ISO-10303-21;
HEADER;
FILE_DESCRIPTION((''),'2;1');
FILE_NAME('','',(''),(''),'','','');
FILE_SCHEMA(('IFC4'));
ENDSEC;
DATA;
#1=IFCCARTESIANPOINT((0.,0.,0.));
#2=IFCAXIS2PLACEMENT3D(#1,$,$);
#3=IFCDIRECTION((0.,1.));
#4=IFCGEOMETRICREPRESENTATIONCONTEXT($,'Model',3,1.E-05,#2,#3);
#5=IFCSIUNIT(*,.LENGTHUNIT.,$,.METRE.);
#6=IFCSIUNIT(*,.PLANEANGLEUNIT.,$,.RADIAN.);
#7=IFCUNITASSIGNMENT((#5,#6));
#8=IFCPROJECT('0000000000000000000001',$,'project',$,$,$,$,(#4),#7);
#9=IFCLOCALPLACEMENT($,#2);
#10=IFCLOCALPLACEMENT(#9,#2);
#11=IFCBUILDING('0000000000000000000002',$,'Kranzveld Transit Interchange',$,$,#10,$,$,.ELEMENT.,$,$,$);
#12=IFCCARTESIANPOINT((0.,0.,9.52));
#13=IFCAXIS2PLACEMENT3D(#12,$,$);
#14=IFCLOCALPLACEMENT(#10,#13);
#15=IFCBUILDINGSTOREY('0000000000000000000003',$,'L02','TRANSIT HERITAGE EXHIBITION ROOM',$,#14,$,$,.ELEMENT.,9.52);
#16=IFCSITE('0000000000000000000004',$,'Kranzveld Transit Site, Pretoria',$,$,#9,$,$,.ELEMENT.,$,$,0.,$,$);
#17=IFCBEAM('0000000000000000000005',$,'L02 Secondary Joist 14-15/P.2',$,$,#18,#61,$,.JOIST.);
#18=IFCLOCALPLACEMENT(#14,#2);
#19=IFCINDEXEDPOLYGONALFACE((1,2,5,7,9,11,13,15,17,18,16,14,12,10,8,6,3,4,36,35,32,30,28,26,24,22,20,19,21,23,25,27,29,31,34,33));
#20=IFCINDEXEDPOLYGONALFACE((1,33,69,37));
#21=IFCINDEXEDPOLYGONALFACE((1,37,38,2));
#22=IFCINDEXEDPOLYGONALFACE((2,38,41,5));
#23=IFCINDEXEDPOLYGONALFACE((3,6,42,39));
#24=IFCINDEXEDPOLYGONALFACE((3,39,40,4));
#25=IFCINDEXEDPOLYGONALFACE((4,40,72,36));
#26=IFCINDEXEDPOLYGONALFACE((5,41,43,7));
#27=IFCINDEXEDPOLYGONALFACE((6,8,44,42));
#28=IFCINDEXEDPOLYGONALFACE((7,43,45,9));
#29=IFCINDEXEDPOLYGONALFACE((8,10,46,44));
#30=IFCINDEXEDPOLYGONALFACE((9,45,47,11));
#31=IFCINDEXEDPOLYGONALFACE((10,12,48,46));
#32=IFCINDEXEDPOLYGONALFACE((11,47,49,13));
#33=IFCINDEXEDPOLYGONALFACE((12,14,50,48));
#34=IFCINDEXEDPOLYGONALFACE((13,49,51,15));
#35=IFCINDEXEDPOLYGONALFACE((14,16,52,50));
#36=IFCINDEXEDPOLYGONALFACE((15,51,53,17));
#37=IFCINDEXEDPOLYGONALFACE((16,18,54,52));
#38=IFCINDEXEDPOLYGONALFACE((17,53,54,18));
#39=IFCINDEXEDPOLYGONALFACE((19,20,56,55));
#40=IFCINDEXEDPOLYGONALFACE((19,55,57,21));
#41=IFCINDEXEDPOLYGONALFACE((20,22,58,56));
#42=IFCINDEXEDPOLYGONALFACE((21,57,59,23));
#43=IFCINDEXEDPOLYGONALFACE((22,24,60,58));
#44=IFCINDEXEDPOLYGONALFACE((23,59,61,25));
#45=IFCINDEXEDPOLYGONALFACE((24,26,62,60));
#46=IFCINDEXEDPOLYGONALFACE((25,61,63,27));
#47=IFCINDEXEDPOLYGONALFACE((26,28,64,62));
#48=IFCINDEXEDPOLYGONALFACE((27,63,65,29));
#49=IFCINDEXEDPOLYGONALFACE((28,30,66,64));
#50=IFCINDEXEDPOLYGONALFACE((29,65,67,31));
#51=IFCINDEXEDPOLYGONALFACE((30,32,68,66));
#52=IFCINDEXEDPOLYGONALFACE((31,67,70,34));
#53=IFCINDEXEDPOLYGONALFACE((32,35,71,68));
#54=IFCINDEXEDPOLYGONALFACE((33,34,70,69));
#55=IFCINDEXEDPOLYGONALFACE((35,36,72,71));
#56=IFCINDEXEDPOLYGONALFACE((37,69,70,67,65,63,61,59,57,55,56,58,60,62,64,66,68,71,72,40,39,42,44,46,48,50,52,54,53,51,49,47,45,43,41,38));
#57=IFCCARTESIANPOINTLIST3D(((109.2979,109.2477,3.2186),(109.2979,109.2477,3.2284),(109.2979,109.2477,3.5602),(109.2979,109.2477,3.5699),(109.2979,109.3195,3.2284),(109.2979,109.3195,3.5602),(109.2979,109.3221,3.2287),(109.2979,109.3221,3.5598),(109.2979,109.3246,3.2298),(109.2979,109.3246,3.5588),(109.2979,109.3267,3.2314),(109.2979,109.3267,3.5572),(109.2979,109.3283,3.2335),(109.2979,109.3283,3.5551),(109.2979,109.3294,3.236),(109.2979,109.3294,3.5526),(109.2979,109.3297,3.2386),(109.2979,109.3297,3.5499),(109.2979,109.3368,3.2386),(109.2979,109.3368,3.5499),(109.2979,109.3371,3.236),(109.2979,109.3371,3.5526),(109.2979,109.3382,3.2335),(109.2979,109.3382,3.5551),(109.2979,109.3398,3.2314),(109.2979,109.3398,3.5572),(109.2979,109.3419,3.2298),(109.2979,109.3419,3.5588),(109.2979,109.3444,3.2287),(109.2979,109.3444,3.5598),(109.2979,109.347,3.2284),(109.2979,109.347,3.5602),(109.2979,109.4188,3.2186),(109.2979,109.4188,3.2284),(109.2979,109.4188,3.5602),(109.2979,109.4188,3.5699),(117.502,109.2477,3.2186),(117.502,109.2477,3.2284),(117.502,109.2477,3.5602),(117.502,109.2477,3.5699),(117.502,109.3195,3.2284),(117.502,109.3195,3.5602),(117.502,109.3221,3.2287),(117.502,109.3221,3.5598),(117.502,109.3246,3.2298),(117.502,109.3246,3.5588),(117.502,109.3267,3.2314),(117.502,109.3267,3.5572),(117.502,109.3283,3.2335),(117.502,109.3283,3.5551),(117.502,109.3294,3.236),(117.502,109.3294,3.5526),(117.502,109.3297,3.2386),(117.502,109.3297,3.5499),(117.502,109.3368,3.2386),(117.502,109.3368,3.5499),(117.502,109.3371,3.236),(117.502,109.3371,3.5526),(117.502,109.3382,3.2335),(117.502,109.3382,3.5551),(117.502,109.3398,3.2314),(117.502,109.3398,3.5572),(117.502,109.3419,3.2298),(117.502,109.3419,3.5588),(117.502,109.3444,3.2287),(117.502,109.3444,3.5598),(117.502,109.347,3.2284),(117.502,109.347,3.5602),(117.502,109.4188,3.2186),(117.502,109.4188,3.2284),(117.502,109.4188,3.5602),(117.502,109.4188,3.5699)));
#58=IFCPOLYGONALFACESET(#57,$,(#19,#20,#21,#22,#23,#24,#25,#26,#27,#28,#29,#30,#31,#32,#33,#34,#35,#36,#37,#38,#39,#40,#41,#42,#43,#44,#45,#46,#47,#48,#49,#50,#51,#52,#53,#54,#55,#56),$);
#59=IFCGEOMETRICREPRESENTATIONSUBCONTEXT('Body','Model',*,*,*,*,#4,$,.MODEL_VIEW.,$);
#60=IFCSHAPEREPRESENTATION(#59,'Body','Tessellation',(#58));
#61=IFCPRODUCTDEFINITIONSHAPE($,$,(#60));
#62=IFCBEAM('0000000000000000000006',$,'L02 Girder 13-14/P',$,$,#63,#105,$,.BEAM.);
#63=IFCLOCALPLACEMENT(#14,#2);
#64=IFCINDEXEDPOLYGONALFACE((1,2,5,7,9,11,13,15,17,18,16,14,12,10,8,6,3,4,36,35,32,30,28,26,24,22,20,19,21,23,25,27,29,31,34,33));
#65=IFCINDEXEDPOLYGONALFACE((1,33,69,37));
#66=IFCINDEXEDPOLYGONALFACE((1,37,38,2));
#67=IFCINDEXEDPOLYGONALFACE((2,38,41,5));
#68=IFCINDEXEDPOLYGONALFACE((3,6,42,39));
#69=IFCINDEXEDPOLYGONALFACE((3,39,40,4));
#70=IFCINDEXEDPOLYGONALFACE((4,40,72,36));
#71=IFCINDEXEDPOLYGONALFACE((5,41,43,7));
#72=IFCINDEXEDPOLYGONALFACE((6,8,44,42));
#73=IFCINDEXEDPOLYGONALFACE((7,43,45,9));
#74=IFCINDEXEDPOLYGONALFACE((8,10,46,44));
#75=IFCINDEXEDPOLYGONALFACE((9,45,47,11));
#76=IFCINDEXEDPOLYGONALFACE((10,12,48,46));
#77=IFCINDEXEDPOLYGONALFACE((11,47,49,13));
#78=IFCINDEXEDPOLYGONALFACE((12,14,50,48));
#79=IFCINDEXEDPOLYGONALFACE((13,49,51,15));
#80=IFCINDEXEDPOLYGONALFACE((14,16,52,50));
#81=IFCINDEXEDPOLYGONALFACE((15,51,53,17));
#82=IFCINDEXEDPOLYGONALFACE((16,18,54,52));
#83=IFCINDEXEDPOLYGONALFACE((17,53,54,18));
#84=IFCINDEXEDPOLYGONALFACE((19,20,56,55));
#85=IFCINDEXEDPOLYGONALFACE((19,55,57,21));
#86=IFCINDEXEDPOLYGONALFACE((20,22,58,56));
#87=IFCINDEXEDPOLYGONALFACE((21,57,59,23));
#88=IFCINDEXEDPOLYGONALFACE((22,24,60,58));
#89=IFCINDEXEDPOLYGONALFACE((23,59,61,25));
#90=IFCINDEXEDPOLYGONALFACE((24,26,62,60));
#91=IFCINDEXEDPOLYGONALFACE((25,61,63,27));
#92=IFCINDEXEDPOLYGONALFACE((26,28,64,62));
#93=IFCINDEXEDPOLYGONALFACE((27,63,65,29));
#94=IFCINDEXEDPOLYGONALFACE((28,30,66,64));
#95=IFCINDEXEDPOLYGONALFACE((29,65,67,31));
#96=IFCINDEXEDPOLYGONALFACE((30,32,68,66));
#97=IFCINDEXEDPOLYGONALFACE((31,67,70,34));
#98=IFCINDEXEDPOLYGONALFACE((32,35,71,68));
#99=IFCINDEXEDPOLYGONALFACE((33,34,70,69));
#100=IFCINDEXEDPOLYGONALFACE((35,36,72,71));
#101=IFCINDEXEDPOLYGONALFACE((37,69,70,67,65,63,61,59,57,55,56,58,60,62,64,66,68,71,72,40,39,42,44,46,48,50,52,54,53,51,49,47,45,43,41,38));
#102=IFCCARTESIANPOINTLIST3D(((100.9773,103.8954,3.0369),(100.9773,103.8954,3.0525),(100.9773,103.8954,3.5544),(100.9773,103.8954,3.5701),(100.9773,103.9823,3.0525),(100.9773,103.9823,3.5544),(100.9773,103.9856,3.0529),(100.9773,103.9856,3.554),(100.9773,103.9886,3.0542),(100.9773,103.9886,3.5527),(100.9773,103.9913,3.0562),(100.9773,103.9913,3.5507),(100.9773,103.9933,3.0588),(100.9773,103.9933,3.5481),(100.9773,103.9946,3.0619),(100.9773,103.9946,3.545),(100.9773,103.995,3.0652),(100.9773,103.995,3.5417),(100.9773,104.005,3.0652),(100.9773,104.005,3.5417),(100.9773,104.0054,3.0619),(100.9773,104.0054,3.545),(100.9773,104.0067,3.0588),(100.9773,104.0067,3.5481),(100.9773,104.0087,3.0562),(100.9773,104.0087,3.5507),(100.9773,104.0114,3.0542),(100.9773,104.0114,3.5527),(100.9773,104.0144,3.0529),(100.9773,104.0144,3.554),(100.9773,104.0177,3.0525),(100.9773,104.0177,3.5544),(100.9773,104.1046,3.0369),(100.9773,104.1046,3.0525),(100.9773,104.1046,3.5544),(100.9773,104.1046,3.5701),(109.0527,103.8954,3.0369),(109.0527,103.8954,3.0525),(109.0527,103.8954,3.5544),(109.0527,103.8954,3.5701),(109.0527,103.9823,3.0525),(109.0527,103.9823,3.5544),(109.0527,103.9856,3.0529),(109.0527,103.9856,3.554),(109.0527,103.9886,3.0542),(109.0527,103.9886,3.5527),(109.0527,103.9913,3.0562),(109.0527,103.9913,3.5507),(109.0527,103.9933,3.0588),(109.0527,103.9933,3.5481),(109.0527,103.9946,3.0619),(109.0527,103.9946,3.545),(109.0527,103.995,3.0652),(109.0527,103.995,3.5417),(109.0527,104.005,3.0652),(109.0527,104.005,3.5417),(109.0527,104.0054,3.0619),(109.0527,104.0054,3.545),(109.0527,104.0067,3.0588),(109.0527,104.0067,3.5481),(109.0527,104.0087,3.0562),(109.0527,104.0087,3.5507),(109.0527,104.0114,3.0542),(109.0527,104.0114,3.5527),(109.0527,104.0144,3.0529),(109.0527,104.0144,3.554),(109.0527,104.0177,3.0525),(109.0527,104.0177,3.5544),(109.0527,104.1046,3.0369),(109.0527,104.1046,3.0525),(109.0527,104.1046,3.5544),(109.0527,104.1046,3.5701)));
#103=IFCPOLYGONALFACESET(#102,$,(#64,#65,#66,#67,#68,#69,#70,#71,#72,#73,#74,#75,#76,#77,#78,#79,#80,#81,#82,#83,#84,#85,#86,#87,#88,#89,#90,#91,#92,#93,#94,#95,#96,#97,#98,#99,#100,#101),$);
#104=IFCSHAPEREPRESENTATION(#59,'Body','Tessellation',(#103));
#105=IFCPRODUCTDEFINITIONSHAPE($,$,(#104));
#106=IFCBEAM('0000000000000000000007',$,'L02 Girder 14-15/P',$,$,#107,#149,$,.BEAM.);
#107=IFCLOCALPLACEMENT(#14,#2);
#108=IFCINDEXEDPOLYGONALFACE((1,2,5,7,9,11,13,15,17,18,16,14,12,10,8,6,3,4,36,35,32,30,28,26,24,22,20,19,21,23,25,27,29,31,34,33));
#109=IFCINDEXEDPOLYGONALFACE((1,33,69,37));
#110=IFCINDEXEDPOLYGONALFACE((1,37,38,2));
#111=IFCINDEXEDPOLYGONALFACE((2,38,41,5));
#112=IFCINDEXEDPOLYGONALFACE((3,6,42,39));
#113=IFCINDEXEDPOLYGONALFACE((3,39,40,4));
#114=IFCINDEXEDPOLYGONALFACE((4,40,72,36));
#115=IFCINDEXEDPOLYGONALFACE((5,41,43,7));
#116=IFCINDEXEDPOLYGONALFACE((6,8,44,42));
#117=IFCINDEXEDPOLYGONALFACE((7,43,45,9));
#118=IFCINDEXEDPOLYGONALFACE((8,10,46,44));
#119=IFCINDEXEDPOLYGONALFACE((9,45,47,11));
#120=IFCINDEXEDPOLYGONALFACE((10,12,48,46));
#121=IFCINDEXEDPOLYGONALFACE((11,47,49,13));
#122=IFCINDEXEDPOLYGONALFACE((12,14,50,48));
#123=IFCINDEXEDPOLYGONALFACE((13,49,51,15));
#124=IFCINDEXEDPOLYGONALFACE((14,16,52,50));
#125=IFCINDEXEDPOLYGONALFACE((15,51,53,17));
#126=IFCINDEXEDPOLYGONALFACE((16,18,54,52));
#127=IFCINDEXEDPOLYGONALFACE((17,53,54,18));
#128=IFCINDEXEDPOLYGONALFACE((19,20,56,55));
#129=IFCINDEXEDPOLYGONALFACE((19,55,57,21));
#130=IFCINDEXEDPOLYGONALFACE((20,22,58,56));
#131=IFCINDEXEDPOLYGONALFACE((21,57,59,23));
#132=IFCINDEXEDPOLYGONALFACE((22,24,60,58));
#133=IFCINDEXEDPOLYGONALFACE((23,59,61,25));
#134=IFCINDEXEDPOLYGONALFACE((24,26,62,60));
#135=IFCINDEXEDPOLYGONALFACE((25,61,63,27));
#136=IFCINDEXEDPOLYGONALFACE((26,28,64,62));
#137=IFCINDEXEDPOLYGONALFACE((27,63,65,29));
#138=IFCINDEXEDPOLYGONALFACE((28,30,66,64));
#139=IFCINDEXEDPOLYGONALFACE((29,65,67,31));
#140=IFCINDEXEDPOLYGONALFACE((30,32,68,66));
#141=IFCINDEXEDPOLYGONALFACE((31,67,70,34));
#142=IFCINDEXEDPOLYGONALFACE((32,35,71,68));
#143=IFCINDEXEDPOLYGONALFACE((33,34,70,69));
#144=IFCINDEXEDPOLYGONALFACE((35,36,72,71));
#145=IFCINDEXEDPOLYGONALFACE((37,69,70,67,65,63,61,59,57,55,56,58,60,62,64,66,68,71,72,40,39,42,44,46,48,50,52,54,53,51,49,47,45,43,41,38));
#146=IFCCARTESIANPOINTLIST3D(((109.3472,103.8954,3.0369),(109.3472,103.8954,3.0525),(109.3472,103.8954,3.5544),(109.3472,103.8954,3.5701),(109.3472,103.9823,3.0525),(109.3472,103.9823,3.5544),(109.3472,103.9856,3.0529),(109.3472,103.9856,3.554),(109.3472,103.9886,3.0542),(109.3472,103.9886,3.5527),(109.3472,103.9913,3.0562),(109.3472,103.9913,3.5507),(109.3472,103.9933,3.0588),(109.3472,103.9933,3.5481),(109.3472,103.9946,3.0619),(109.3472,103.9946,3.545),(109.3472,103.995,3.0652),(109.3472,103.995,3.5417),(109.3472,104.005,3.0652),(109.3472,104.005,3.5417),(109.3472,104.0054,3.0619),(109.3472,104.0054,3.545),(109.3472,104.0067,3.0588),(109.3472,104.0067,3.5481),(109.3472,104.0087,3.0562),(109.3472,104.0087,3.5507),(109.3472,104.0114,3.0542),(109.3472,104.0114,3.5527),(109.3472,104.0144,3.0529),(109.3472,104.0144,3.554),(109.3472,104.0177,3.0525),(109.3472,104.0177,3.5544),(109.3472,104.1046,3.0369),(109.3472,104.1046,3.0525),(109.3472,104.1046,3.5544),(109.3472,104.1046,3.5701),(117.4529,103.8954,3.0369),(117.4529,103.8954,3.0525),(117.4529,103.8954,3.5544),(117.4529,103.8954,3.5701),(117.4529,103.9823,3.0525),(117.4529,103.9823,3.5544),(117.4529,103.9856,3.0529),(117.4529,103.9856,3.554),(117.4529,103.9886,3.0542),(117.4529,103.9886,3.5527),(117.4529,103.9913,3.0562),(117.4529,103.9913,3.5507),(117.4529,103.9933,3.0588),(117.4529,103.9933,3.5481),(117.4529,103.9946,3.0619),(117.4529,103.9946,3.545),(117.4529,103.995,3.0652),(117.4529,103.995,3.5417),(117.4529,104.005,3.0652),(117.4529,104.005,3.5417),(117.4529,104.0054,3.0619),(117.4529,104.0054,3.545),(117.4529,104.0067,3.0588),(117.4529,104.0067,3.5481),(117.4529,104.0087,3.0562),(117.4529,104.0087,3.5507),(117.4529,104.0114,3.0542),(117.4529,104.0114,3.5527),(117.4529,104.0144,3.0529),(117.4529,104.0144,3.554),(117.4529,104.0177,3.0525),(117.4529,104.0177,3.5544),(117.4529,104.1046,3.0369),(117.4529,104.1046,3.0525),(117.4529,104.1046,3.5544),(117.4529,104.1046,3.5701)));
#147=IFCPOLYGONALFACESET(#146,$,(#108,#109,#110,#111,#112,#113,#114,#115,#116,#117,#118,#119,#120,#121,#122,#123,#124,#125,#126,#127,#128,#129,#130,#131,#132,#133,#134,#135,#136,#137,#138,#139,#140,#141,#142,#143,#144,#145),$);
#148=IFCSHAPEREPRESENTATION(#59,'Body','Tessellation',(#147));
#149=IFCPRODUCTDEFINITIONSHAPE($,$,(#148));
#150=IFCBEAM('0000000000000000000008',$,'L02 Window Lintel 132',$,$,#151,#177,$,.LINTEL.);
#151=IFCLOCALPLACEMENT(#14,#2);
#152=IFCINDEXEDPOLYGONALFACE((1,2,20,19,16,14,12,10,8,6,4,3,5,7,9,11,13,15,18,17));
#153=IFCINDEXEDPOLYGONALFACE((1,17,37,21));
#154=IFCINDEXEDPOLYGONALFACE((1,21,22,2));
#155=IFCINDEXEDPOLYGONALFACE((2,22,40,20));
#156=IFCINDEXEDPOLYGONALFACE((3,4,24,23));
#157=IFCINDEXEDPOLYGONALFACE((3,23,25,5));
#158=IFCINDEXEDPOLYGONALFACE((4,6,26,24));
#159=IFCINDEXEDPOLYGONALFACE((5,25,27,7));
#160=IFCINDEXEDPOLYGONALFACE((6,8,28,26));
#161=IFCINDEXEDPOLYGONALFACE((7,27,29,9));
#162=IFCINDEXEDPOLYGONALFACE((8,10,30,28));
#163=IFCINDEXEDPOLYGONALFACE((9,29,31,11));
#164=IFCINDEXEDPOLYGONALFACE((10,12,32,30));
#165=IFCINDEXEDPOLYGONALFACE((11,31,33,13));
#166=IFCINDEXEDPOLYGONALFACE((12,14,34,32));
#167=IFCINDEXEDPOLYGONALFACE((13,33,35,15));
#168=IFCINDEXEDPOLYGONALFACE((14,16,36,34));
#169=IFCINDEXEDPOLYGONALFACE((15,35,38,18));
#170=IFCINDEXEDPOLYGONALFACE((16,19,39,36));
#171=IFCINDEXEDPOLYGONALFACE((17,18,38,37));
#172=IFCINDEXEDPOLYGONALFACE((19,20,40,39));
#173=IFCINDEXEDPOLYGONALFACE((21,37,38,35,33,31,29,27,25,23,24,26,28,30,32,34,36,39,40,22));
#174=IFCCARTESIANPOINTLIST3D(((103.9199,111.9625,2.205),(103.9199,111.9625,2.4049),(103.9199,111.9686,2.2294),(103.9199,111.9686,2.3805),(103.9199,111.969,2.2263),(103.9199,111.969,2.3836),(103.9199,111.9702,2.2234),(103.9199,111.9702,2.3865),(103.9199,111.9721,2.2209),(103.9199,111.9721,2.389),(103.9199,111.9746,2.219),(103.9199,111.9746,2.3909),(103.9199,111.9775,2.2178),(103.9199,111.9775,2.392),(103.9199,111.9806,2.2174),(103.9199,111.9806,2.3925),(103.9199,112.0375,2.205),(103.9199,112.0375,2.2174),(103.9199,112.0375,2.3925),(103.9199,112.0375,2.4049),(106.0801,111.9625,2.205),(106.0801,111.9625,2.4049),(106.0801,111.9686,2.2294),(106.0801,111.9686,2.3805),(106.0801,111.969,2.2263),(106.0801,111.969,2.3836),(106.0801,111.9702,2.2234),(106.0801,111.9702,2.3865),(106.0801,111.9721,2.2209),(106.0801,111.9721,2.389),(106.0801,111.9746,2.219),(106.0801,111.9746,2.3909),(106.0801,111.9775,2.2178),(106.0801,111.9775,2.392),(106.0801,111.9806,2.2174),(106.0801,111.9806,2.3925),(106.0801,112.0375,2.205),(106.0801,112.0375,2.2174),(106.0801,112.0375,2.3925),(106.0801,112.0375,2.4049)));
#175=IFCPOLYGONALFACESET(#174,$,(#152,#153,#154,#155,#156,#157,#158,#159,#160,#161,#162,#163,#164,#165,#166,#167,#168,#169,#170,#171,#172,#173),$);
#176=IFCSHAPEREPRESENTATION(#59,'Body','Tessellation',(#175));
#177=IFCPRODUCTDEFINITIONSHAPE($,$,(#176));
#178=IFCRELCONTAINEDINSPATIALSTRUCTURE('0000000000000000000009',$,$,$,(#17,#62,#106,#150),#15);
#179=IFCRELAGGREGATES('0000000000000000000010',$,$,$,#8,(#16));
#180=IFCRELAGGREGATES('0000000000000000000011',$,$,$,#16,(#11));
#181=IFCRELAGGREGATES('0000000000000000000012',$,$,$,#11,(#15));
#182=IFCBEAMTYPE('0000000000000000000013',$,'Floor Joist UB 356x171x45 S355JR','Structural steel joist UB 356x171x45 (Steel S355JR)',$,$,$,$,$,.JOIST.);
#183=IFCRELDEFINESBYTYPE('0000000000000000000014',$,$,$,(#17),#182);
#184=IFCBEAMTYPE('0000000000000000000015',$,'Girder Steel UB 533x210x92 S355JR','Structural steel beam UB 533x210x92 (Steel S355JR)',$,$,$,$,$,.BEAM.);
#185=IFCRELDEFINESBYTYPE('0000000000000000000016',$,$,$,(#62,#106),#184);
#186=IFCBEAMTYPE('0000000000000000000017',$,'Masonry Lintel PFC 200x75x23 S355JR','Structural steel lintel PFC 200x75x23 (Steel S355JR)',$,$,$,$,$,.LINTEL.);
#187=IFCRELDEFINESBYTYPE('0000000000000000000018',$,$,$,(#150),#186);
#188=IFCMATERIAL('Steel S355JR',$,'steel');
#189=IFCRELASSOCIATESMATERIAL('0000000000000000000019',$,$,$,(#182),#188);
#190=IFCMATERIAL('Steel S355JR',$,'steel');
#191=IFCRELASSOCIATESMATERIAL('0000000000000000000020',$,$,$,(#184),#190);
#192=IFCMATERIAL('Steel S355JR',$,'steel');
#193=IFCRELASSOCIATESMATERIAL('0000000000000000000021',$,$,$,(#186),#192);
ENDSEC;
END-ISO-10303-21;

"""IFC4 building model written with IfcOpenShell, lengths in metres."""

from ifc_helpers import new_model, si_unit, direction, frame, origin, origin_2d, place, context, subcontext, project, spatial, i_section, u_section, extrude, material, material_profile, profile_set, type_object, element, save


model = new_model("IFC4")

# Units and contexts
model_context = context("Model", 3, precision=1e-05, world=origin(), true_north=direction((0.0, 1.0)))
body_context = subcontext(model_context, "Body", "Model", "MODEL_VIEW")
ifc_project = project(units=[si_unit("LENGTHUNIT", "METRE"), si_unit("PLANEANGLEUNIT", "RADIAN")], contexts=[model_context])

# Site, building, storey
site_placement = place(None, origin())
site = spatial("IfcSite", under=ifc_project, at=site_placement, Name="Kranzveld Transit Site, Pretoria", CompositionType="ELEMENT", RefElevation=0.0)
building_placement = place(site_placement, origin())
building = spatial("IfcBuilding", under=site, at=building_placement, Name="Kranzveld Transit Interchange", CompositionType="ELEMENT")
storey_placement = place(building_placement, frame((0.0, 0.0, 9.52)))
storey = spatial("IfcBuildingStorey", under=building, at=storey_placement, Name="L02", Description="TRANSIT HERITAGE EXHIBITION ROOM", CompositionType="ELEMENT", Elevation=9.52)

# Beams
ifc_material_1 = material(Name="Steel S355JR", Category="steel")
ifc_material_profile_1 = material_profile(ifc_material_1, i_section(OverallWidth=0.1711, OverallDepth=0.3513, WebThickness=0.0071, FlangeThickness=0.0098, FilletRadius=0.0103, at=origin_2d()), Name="UB 356x171x45")
ifc_profile_set_1 = profile_set([ifc_material_profile_1], Name="Steel S355JR")
beam_type_1 = type_object("IfcBeamType", Name="Floor Joist UB 356x171x45 S355JR", Description="Structural steel joist UB 356x171x45 (Steel S355JR)", PredefinedType="JOIST", material=ifc_profile_set_1)
for number, where, z_axis, x_axis, name in (
    (1, (109.2979, 109.3333, 3.3943), (1.0, 0.0, 0.0), (0.0, 1.0, 0.0), "L02 Secondary Joist 14-15/P.2"),
):
    element("IfcBeam", number, at=place(storey_placement, frame(where, z_axis=z_axis, x_axis=x_axis)), inside=storey, type_object=beam_type_1, Name=name, PredefinedType="JOIST", context=body_context, shape_type="SweptSolid", body=[
        extrude(i_section(OverallWidth=0.1711, OverallDepth=0.3513, WebThickness=0.0071, FlangeThickness=0.0098, FilletRadius=0.0103, at=origin_2d()), origin(), (0.0, 0.0, 1.0), 8.2041),
    ])
ifc_material_2 = material(Name="Steel S355JR", Category="steel")
ifc_material_profile_2 = material_profile(ifc_material_2, i_section(OverallWidth=0.2092, OverallDepth=0.5332, WebThickness=0.01, FlangeThickness=0.0156, FilletRadius=0.0127, at=origin_2d()), Name="UB 533x210x92")
ifc_profile_set_2 = profile_set([ifc_material_profile_2], Name="Steel S355JR")
beam_type_2 = type_object("IfcBeamType", Name="Girder Steel UB 533x210x92 S355JR", Description="Structural steel beam UB 533x210x92 (Steel S355JR)", PredefinedType="BEAM", material=ifc_profile_set_2)
beam_1_placement = place(storey_placement, frame((100.9773, 104.0, 3.3035), z_axis=(1.0, 0.0, 0.0), x_axis=(0.0, 1.0, 0.0)))
element("IfcBeam", 2, at=beam_1_placement, inside=storey, type_object=beam_type_2, Name="L02 Girder 13-14/P", PredefinedType="BEAM", context=body_context, shape_type="SweptSolid", body=[
    extrude(i_section(OverallWidth=0.2092, OverallDepth=0.5332, WebThickness=0.01, FlangeThickness=0.0156, FilletRadius=0.0127, at=origin_2d()), origin(), (0.0, 0.0, 1.0), 8.0754),
])
beam_2_placement = place(storey_placement, frame((109.3472, 104.0, 3.3035), z_axis=(1.0, 0.0, 0.0), x_axis=(0.0, 1.0, 0.0)))
element("IfcBeam", 3, at=beam_2_placement, inside=storey, type_object=beam_type_2, Name="L02 Girder 14-15/P", PredefinedType="BEAM", context=body_context, shape_type="SweptSolid", body=[
    extrude(i_section(OverallWidth=0.2092, OverallDepth=0.5332, WebThickness=0.01, FlangeThickness=0.0156, FilletRadius=0.0127, at=origin_2d()), origin(), (0.0, 0.0, 1.0), 8.1057),
])
ifc_material_3 = material(Name="Steel S355JR", Category="steel")
ifc_material_profile_3 = material_profile(ifc_material_3, u_section(Depth=0.2, FlangeWidth=0.075, WebThickness=0.0061, FlangeThickness=0.0125, FilletRadius=0.012, at=origin_2d()), Name="PFC 200x75x23")
ifc_profile_set_3 = profile_set([ifc_material_profile_3], Name="Steel S355JR")
beam_type_3 = type_object("IfcBeamType", Name="Masonry Lintel PFC 200x75x23 S355JR", Description="Structural steel lintel PFC 200x75x23 (Steel S355JR)", PredefinedType="LINTEL", material=ifc_profile_set_3)
beam_3_placement = place(storey_placement, frame((103.9199, 112.0, 2.3049), z_axis=(1.0, 0.0, 0.0), x_axis=(0.0, 1.0, 0.0)))
element("IfcBeam", 4, at=beam_3_placement, inside=storey, type_object=beam_type_3, Name="L02 Window Lintel 132", PredefinedType="LINTEL", context=body_context, shape_type="SweptSolid", body=[
    extrude(u_section(Depth=0.2, FlangeWidth=0.075, WebThickness=0.0061, FlangeThickness=0.0125, FilletRadius=0.012, at=origin_2d()), origin(), (0.0, 0.0, 1.0), 2.1602),
])

save(model, "model.ifc")
